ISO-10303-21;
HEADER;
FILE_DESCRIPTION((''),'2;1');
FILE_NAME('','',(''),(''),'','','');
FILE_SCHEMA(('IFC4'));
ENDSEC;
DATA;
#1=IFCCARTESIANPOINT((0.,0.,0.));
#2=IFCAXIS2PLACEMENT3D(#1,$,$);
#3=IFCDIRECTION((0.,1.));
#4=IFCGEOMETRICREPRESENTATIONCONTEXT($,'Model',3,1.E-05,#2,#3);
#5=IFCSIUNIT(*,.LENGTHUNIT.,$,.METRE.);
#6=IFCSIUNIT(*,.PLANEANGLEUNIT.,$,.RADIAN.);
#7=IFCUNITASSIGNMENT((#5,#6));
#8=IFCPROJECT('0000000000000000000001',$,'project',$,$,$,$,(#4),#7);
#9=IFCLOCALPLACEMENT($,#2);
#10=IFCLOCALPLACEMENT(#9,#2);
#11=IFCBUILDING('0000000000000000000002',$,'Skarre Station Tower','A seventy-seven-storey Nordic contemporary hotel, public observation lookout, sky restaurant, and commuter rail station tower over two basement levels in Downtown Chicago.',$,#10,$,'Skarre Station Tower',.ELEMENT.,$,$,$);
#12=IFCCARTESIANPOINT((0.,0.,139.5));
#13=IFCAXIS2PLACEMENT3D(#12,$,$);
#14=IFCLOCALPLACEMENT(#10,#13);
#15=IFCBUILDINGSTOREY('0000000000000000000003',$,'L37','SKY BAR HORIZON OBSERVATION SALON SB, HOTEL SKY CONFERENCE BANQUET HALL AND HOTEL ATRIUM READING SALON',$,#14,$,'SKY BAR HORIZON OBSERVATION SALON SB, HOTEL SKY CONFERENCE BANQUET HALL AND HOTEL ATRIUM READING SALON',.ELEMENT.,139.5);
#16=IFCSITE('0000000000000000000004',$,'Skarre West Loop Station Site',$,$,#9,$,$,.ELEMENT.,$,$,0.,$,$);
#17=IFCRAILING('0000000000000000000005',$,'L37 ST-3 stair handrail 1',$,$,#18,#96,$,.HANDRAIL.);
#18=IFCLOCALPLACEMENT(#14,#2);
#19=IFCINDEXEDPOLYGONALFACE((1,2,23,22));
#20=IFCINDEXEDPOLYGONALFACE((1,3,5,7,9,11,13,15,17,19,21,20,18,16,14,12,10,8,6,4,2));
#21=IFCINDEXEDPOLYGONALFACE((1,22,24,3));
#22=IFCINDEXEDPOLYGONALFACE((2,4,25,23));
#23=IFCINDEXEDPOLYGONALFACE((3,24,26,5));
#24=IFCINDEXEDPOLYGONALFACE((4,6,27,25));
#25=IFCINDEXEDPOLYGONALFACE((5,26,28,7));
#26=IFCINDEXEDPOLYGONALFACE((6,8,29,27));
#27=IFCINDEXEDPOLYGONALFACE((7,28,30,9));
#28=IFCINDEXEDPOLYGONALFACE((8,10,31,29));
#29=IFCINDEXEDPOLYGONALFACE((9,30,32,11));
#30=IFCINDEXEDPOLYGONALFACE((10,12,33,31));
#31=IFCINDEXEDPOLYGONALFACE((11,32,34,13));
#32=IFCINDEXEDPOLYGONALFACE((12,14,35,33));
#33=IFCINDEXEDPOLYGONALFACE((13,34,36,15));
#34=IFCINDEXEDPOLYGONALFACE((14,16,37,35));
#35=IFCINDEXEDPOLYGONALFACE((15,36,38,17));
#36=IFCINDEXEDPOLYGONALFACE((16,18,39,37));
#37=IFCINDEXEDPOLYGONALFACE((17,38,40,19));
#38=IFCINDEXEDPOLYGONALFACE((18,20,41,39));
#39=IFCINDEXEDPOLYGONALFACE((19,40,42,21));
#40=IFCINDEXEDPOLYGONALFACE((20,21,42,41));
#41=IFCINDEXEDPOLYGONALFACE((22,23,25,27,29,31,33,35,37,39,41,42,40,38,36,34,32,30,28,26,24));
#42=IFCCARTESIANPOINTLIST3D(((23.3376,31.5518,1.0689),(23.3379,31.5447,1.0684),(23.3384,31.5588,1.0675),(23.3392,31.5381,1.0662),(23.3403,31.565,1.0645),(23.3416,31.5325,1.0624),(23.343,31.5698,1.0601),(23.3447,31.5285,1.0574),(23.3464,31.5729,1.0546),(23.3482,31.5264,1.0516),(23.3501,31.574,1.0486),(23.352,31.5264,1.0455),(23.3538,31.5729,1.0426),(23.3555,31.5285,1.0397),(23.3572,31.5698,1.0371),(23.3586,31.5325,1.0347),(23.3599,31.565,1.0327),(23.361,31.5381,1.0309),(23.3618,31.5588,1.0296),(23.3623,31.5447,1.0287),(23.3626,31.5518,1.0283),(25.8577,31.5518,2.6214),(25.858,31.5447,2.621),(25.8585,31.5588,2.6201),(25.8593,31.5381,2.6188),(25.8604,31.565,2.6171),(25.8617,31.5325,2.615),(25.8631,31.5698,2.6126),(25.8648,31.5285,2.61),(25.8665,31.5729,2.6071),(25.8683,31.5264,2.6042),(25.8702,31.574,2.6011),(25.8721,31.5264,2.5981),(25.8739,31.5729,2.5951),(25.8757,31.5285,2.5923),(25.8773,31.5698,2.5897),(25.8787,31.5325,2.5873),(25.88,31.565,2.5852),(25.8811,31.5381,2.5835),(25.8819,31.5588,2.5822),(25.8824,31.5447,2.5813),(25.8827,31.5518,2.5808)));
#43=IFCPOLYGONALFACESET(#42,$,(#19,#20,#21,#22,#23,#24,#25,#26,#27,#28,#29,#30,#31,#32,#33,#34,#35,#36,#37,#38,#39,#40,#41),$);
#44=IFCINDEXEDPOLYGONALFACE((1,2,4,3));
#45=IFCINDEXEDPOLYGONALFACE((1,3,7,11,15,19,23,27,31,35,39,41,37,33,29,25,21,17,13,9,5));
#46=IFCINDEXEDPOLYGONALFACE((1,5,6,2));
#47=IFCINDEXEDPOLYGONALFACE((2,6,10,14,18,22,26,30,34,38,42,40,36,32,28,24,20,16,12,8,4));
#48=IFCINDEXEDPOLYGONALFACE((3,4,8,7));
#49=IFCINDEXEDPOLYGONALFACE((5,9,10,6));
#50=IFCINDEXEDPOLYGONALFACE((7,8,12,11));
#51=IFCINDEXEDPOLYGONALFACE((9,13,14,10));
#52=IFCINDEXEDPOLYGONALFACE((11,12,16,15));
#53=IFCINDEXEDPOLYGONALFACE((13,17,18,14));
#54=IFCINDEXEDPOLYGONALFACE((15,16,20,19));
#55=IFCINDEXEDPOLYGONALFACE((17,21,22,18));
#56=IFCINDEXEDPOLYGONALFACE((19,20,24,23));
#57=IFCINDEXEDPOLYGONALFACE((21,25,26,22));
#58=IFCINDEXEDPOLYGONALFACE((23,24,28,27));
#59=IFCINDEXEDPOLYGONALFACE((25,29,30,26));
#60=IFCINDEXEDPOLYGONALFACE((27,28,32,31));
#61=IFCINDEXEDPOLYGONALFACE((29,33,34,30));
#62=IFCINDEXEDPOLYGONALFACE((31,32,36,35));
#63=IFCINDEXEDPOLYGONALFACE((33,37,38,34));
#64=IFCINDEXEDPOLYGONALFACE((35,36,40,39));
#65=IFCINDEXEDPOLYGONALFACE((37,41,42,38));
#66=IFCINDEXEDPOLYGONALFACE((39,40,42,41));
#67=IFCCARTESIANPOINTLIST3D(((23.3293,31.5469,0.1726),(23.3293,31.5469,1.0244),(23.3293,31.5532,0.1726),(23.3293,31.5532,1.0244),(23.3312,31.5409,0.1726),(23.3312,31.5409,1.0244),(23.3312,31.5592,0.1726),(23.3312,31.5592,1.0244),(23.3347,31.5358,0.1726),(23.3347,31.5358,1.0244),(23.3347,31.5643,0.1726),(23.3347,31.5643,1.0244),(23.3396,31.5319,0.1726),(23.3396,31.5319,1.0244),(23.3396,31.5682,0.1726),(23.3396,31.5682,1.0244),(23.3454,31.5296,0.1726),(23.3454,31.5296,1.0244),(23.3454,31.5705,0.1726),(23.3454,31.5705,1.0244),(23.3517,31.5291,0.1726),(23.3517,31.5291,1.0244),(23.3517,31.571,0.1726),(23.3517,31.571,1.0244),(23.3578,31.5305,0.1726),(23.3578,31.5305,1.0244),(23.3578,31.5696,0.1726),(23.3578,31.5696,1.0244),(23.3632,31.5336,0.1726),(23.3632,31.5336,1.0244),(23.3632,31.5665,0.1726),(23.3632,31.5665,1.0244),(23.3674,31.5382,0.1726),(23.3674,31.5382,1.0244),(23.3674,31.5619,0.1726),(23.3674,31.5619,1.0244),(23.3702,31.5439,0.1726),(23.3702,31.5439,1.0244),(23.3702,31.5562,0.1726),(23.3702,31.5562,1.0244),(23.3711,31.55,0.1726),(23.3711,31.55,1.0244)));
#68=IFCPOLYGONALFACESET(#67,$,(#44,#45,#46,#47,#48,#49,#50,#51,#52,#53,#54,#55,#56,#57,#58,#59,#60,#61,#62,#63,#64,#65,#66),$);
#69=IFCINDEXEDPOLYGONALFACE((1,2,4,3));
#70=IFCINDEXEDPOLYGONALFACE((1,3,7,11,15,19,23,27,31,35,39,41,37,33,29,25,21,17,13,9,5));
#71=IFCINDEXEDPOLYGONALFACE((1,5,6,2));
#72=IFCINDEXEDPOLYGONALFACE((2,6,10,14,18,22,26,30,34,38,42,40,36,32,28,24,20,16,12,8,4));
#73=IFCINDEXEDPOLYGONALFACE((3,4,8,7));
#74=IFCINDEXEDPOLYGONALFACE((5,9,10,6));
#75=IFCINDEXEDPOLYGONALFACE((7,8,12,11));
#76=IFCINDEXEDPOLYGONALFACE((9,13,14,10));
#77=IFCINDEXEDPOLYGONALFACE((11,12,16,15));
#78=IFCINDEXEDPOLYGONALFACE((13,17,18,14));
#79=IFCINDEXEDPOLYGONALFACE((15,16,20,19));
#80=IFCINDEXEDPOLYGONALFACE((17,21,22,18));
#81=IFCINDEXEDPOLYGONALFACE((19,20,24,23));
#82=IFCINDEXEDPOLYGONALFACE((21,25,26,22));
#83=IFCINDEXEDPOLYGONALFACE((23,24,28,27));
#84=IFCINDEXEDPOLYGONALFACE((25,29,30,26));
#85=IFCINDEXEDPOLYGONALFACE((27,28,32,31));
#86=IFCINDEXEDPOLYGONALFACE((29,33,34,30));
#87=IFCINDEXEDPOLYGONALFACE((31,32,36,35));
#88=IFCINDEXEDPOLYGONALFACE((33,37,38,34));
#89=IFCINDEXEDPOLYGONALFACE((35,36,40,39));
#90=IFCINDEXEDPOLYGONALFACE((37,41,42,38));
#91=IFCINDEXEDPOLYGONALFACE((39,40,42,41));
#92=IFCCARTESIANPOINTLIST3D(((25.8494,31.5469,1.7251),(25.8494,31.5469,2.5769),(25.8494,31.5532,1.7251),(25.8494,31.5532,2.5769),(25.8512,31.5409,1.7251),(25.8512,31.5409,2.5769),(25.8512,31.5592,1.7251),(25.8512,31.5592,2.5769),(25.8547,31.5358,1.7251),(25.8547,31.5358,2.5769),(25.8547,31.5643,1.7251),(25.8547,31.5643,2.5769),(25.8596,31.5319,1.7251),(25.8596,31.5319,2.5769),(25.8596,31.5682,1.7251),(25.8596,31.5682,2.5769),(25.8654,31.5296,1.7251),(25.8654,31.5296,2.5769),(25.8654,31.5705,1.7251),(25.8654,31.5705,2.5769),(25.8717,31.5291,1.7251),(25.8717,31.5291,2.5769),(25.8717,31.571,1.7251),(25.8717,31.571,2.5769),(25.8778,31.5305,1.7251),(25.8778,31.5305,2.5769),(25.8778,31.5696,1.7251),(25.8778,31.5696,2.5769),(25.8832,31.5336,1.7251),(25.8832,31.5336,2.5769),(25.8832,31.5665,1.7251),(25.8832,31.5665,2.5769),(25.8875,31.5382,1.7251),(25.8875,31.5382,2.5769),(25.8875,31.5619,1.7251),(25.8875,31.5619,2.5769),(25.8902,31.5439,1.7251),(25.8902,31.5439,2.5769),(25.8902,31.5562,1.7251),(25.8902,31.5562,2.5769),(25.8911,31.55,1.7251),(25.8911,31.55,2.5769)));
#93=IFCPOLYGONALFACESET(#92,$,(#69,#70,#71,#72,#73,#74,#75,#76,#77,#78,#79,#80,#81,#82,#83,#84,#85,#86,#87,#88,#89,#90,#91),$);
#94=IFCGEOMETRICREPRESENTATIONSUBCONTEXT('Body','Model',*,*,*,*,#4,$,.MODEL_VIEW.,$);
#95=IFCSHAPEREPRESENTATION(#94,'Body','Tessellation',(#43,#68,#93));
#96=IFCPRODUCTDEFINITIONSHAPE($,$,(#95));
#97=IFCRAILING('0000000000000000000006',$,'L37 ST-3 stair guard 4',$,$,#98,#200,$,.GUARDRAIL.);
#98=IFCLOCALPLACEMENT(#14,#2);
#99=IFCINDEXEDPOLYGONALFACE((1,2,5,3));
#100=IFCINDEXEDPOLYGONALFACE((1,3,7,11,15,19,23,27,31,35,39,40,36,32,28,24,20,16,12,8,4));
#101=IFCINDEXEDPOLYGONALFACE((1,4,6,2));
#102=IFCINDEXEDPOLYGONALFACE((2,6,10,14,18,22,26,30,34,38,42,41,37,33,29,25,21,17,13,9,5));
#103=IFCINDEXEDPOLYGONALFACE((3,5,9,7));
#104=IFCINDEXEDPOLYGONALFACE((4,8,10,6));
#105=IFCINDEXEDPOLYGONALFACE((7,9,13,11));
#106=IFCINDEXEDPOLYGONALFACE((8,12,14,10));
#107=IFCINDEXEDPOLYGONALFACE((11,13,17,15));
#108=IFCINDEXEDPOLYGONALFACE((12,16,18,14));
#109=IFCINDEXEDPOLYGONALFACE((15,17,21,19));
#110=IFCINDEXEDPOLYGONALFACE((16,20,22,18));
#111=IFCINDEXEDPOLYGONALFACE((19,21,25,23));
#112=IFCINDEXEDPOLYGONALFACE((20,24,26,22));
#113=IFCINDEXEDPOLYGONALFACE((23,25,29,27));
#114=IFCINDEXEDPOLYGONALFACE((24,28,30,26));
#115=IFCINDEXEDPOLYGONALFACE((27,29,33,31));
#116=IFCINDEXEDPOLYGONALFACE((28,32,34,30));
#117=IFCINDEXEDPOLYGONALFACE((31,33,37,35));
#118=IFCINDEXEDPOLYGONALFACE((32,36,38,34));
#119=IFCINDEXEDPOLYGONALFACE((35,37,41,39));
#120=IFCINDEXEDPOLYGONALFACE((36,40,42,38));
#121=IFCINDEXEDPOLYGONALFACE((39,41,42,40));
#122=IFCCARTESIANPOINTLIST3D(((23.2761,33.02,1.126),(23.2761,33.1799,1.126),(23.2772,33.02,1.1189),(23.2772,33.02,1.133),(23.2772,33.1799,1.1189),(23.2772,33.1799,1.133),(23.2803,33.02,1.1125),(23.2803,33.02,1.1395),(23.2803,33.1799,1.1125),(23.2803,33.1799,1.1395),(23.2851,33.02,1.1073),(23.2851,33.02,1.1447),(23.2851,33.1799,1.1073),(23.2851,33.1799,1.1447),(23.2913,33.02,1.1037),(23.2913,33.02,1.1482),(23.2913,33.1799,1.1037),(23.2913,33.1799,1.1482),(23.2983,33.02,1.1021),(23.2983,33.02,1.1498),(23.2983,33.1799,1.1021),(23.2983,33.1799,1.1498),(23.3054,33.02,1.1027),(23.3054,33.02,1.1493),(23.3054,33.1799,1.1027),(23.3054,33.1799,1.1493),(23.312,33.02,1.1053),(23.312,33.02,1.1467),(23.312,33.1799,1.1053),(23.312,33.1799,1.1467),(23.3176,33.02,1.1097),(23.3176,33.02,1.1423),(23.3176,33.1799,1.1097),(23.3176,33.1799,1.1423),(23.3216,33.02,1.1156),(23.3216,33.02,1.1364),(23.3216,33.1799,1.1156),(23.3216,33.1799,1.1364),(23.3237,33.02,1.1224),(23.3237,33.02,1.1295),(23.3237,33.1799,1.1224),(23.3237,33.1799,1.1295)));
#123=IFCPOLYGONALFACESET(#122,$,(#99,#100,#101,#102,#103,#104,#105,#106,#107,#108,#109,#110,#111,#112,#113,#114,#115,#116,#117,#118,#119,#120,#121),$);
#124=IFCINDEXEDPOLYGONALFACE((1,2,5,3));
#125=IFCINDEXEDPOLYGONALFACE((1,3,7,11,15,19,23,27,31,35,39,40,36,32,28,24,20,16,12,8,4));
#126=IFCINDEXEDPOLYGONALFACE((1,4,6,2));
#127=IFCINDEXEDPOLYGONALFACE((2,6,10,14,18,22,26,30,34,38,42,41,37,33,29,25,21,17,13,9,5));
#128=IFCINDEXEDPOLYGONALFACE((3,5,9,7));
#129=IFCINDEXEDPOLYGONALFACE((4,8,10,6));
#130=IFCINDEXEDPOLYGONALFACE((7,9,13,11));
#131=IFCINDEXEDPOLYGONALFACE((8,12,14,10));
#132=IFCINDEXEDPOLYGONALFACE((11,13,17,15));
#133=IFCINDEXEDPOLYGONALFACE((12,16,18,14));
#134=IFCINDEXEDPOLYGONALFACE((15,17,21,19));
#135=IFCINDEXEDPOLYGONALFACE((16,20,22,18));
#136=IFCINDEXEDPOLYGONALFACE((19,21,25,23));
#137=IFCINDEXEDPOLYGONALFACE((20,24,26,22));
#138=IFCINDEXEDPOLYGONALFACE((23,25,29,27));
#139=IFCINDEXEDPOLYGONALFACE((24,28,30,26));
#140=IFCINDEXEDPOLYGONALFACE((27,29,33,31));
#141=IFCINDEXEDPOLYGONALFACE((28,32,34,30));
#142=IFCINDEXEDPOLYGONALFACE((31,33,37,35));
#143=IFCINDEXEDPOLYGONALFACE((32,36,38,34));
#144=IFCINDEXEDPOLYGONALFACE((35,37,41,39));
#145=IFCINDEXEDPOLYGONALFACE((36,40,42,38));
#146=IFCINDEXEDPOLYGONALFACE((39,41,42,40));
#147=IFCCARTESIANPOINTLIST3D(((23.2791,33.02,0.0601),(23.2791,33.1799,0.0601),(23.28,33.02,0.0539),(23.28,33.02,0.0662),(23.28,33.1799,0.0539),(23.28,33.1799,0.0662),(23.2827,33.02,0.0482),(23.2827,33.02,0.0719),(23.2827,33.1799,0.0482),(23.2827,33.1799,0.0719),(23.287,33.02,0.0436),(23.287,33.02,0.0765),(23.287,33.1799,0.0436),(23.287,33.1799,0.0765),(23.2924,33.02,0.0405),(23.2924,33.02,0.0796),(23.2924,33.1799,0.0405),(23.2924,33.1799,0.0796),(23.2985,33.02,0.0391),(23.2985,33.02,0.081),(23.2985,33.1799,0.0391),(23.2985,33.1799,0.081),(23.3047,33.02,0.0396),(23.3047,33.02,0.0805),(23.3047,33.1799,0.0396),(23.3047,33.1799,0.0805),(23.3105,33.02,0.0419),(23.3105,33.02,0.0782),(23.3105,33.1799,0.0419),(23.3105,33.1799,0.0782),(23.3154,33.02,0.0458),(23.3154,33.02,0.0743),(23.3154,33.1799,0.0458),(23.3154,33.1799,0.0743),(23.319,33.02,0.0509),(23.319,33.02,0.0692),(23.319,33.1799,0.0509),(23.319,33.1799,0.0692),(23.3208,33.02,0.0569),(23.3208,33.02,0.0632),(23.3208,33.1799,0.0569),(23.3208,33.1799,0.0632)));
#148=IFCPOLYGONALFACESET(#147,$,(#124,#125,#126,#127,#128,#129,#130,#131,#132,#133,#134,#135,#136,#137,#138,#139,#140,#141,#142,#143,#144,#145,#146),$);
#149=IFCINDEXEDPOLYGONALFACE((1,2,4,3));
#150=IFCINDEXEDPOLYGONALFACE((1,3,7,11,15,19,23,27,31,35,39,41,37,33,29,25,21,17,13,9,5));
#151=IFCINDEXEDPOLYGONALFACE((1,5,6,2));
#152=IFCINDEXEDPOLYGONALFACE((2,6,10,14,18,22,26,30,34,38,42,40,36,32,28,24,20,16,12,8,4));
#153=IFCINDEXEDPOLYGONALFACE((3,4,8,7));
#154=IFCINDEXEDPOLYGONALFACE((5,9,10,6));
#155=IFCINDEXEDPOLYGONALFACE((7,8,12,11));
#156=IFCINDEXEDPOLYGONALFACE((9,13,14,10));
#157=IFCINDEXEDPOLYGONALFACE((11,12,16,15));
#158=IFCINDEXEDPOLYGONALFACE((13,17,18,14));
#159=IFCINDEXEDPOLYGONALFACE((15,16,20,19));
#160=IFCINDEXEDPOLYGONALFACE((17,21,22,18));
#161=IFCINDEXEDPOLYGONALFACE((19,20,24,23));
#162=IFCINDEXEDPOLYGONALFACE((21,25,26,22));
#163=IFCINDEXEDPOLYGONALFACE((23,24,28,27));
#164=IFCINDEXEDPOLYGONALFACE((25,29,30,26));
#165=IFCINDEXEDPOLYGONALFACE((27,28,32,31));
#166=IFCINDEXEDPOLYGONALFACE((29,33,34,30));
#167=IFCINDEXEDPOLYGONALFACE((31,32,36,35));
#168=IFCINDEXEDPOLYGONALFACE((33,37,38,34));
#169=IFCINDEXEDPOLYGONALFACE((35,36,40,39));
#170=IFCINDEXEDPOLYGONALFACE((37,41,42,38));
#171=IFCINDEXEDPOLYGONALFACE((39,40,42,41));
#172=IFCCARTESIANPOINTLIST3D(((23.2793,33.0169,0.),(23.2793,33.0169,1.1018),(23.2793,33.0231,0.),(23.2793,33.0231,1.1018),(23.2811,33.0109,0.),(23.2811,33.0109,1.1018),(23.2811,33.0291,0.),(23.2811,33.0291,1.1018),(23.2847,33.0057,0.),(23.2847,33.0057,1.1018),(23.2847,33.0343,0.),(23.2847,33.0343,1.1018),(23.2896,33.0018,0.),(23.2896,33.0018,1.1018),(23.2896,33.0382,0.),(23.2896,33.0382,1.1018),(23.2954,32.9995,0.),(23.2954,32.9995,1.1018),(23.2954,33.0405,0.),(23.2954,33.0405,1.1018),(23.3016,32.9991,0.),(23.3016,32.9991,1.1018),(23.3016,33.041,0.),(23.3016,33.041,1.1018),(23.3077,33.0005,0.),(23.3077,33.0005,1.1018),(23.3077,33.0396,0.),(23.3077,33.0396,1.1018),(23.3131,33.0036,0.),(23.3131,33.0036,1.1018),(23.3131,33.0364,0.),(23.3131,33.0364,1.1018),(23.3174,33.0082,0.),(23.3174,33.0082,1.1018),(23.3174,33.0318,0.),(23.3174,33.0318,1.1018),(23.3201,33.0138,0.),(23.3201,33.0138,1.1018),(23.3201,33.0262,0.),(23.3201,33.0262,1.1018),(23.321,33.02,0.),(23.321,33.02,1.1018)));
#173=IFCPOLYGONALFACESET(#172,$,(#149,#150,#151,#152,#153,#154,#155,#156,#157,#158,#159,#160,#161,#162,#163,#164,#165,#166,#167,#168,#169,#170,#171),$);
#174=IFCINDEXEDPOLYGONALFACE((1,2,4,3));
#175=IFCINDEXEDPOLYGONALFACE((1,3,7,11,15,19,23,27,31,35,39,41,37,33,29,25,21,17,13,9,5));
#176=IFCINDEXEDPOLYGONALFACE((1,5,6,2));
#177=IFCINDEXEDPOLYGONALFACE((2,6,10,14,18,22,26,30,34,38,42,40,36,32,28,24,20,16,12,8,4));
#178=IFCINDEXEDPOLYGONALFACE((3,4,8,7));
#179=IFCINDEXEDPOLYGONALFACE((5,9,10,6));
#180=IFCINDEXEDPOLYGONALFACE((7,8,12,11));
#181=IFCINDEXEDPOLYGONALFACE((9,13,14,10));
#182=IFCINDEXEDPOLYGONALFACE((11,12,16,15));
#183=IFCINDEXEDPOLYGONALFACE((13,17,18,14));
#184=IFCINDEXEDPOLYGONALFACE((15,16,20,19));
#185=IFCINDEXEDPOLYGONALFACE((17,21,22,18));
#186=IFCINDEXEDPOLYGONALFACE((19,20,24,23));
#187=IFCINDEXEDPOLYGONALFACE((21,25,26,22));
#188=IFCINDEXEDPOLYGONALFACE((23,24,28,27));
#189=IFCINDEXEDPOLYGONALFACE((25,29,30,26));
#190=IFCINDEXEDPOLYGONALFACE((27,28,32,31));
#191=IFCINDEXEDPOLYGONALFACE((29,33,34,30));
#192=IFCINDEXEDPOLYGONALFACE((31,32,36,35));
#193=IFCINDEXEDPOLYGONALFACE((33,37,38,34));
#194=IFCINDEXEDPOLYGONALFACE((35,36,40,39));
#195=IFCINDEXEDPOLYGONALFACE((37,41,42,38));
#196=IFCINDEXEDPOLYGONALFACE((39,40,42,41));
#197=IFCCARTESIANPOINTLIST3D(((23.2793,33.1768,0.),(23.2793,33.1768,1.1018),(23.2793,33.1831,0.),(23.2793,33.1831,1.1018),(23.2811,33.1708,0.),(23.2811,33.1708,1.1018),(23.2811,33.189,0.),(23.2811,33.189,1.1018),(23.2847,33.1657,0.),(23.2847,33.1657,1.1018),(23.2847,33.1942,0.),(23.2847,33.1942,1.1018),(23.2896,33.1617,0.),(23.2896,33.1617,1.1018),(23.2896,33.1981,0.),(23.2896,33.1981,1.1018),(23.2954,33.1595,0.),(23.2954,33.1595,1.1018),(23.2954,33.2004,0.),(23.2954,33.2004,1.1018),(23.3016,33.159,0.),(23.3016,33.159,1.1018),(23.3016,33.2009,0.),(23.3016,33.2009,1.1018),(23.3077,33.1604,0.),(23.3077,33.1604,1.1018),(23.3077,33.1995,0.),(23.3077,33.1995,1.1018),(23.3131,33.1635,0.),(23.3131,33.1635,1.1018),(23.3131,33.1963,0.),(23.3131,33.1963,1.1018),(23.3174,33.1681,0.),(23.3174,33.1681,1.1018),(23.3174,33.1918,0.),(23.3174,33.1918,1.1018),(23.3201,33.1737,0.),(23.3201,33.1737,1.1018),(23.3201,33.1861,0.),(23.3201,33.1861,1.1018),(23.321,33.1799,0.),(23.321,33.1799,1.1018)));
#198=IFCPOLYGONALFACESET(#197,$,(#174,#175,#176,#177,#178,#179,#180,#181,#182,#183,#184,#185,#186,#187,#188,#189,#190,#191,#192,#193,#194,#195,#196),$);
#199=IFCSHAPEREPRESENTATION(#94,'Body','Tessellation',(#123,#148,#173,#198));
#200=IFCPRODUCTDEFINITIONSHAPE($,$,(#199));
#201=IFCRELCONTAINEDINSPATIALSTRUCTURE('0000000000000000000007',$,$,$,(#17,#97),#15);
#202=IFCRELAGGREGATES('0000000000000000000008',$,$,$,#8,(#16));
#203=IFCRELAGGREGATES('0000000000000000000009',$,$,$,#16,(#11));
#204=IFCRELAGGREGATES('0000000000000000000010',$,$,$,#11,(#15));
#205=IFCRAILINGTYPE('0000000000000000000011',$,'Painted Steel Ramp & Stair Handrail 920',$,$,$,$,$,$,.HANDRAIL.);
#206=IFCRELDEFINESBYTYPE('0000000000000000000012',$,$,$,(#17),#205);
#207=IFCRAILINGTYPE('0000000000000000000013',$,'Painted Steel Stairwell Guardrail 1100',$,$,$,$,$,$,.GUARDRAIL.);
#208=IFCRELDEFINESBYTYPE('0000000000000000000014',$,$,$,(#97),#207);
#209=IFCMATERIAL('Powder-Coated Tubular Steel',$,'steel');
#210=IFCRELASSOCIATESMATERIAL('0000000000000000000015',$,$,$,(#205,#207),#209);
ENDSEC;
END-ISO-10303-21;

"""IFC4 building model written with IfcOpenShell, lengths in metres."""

from ifc_helpers import new_model, si_unit, direction, frame, origin, origin_2d, place, context, subcontext, project, spatial, circle, extrude, material, type_object, element, save


model = new_model("IFC4")

# Units and contexts
model_context = context("Model", 3, precision=1e-05, world=origin(), true_north=direction((0.0, 1.0)))
body_context = subcontext(model_context, "Body", "Model", "MODEL_VIEW")
ifc_project = project(units=[si_unit("LENGTHUNIT", "METRE"), si_unit("PLANEANGLEUNIT", "RADIAN")], contexts=[model_context])

# Site, building, storey
site_placement = place(None, origin())
site = spatial("IfcSite", under=ifc_project, at=site_placement, Name="Skarre West Loop Station Site", CompositionType="ELEMENT", RefElevation=0.0)
building_placement = place(site_placement, origin())
building = spatial("IfcBuilding", under=site, at=building_placement, Name="Skarre Station Tower", Description="A seventy-seven-storey Nordic contemporary hotel, public observation lookout, sky restaurant, and commuter rail station tower over two basement levels in Downtown Chicago.", LongName="Skarre Station Tower", CompositionType="ELEMENT")
storey_placement = place(building_placement, frame((0.0, 0.0, 139.5)))
storey = spatial("IfcBuildingStorey", under=building, at=storey_placement, Name="L37", Description="SKY BAR HORIZON OBSERVATION SALON SB, HOTEL SKY CONFERENCE BANQUET HALL AND HOTEL ATRIUM READING SALON", LongName="SKY BAR HORIZON OBSERVATION SALON SB, HOTEL SKY CONFERENCE BANQUET HALL AND HOTEL ATRIUM READING SALON", CompositionType="ELEMENT", Elevation=139.5)

# Railings
ifc_material_1 = material(Name="Powder-Coated Tubular Steel", Category="steel")
railing_type_1 = type_object("IfcRailingType", Name="Painted Steel Ramp & Stair Handrail 920", PredefinedType="HANDRAIL", material=ifc_material_1)
railing_1_placement = place(storey_placement, frame((23.3501, 31.55, 0.1726)))
element("IfcRailing", 1, at=railing_1_placement, inside=storey, type_object=railing_type_1, Name="L37 ST-3 stair handrail 1", PredefinedType="HANDRAIL", context=body_context, shape_type="SweptSolid", body=[
    extrude(circle(Radius=0.0239, at=origin_2d()), frame((0.0, 0.0, 0.876), z_axis=(0.8514, 0.0, 0.524516), x_axis=(0.0, 1.0, 0.0)), (0.0, 0.0, 1.0), 2.96),
    extrude(circle(Radius=0.021, at=origin_2d()), origin(), (0.0, 0.0, 1.0), 0.8518),
    extrude(circle(Radius=0.021, at=origin_2d()), frame((2.52, 0.0, 1.5525)), (0.0, 0.0, 1.0), 0.8518),
])
railing_type_2 = type_object("IfcRailingType", Name="Painted Steel Stairwell Guardrail 1100", PredefinedType="GUARDRAIL", material=ifc_material_1)
railing_2_placement = place(storey_placement, frame((23.3, 33.02, 0.0)))
element("IfcRailing", 2, at=railing_2_placement, inside=storey, type_object=railing_type_2, Name="L37 ST-3 stair guard 4", PredefinedType="GUARDRAIL", context=body_context, shape_type="SweptSolid", body=[
    extrude(circle(Radius=0.0239, at=origin_2d()), frame((0.0, 0.0, 1.126), z_axis=(0.0, 1.0, 0.0), x_axis=(-1.0, 0.0, 0.0)), (0.0, 0.0, 1.0), 0.1599),
    extrude(circle(Radius=0.021, at=origin_2d()), frame((0.0, 0.0, 0.0601), z_axis=(0.0, 1.0, 0.0), x_axis=(-1.0, 0.0, 0.0)), (0.0, 0.0, 1.0), 0.1599),
    extrude(circle(Radius=0.021, at=origin_2d()), origin(), (0.0, 0.0, 1.0), 1.1018),
    extrude(circle(Radius=0.021, at=origin_2d()), frame((0.0, 0.1599, 0.0)), (0.0, 0.0, 1.0), 1.1018),
])

save(model, "model.ifc")
